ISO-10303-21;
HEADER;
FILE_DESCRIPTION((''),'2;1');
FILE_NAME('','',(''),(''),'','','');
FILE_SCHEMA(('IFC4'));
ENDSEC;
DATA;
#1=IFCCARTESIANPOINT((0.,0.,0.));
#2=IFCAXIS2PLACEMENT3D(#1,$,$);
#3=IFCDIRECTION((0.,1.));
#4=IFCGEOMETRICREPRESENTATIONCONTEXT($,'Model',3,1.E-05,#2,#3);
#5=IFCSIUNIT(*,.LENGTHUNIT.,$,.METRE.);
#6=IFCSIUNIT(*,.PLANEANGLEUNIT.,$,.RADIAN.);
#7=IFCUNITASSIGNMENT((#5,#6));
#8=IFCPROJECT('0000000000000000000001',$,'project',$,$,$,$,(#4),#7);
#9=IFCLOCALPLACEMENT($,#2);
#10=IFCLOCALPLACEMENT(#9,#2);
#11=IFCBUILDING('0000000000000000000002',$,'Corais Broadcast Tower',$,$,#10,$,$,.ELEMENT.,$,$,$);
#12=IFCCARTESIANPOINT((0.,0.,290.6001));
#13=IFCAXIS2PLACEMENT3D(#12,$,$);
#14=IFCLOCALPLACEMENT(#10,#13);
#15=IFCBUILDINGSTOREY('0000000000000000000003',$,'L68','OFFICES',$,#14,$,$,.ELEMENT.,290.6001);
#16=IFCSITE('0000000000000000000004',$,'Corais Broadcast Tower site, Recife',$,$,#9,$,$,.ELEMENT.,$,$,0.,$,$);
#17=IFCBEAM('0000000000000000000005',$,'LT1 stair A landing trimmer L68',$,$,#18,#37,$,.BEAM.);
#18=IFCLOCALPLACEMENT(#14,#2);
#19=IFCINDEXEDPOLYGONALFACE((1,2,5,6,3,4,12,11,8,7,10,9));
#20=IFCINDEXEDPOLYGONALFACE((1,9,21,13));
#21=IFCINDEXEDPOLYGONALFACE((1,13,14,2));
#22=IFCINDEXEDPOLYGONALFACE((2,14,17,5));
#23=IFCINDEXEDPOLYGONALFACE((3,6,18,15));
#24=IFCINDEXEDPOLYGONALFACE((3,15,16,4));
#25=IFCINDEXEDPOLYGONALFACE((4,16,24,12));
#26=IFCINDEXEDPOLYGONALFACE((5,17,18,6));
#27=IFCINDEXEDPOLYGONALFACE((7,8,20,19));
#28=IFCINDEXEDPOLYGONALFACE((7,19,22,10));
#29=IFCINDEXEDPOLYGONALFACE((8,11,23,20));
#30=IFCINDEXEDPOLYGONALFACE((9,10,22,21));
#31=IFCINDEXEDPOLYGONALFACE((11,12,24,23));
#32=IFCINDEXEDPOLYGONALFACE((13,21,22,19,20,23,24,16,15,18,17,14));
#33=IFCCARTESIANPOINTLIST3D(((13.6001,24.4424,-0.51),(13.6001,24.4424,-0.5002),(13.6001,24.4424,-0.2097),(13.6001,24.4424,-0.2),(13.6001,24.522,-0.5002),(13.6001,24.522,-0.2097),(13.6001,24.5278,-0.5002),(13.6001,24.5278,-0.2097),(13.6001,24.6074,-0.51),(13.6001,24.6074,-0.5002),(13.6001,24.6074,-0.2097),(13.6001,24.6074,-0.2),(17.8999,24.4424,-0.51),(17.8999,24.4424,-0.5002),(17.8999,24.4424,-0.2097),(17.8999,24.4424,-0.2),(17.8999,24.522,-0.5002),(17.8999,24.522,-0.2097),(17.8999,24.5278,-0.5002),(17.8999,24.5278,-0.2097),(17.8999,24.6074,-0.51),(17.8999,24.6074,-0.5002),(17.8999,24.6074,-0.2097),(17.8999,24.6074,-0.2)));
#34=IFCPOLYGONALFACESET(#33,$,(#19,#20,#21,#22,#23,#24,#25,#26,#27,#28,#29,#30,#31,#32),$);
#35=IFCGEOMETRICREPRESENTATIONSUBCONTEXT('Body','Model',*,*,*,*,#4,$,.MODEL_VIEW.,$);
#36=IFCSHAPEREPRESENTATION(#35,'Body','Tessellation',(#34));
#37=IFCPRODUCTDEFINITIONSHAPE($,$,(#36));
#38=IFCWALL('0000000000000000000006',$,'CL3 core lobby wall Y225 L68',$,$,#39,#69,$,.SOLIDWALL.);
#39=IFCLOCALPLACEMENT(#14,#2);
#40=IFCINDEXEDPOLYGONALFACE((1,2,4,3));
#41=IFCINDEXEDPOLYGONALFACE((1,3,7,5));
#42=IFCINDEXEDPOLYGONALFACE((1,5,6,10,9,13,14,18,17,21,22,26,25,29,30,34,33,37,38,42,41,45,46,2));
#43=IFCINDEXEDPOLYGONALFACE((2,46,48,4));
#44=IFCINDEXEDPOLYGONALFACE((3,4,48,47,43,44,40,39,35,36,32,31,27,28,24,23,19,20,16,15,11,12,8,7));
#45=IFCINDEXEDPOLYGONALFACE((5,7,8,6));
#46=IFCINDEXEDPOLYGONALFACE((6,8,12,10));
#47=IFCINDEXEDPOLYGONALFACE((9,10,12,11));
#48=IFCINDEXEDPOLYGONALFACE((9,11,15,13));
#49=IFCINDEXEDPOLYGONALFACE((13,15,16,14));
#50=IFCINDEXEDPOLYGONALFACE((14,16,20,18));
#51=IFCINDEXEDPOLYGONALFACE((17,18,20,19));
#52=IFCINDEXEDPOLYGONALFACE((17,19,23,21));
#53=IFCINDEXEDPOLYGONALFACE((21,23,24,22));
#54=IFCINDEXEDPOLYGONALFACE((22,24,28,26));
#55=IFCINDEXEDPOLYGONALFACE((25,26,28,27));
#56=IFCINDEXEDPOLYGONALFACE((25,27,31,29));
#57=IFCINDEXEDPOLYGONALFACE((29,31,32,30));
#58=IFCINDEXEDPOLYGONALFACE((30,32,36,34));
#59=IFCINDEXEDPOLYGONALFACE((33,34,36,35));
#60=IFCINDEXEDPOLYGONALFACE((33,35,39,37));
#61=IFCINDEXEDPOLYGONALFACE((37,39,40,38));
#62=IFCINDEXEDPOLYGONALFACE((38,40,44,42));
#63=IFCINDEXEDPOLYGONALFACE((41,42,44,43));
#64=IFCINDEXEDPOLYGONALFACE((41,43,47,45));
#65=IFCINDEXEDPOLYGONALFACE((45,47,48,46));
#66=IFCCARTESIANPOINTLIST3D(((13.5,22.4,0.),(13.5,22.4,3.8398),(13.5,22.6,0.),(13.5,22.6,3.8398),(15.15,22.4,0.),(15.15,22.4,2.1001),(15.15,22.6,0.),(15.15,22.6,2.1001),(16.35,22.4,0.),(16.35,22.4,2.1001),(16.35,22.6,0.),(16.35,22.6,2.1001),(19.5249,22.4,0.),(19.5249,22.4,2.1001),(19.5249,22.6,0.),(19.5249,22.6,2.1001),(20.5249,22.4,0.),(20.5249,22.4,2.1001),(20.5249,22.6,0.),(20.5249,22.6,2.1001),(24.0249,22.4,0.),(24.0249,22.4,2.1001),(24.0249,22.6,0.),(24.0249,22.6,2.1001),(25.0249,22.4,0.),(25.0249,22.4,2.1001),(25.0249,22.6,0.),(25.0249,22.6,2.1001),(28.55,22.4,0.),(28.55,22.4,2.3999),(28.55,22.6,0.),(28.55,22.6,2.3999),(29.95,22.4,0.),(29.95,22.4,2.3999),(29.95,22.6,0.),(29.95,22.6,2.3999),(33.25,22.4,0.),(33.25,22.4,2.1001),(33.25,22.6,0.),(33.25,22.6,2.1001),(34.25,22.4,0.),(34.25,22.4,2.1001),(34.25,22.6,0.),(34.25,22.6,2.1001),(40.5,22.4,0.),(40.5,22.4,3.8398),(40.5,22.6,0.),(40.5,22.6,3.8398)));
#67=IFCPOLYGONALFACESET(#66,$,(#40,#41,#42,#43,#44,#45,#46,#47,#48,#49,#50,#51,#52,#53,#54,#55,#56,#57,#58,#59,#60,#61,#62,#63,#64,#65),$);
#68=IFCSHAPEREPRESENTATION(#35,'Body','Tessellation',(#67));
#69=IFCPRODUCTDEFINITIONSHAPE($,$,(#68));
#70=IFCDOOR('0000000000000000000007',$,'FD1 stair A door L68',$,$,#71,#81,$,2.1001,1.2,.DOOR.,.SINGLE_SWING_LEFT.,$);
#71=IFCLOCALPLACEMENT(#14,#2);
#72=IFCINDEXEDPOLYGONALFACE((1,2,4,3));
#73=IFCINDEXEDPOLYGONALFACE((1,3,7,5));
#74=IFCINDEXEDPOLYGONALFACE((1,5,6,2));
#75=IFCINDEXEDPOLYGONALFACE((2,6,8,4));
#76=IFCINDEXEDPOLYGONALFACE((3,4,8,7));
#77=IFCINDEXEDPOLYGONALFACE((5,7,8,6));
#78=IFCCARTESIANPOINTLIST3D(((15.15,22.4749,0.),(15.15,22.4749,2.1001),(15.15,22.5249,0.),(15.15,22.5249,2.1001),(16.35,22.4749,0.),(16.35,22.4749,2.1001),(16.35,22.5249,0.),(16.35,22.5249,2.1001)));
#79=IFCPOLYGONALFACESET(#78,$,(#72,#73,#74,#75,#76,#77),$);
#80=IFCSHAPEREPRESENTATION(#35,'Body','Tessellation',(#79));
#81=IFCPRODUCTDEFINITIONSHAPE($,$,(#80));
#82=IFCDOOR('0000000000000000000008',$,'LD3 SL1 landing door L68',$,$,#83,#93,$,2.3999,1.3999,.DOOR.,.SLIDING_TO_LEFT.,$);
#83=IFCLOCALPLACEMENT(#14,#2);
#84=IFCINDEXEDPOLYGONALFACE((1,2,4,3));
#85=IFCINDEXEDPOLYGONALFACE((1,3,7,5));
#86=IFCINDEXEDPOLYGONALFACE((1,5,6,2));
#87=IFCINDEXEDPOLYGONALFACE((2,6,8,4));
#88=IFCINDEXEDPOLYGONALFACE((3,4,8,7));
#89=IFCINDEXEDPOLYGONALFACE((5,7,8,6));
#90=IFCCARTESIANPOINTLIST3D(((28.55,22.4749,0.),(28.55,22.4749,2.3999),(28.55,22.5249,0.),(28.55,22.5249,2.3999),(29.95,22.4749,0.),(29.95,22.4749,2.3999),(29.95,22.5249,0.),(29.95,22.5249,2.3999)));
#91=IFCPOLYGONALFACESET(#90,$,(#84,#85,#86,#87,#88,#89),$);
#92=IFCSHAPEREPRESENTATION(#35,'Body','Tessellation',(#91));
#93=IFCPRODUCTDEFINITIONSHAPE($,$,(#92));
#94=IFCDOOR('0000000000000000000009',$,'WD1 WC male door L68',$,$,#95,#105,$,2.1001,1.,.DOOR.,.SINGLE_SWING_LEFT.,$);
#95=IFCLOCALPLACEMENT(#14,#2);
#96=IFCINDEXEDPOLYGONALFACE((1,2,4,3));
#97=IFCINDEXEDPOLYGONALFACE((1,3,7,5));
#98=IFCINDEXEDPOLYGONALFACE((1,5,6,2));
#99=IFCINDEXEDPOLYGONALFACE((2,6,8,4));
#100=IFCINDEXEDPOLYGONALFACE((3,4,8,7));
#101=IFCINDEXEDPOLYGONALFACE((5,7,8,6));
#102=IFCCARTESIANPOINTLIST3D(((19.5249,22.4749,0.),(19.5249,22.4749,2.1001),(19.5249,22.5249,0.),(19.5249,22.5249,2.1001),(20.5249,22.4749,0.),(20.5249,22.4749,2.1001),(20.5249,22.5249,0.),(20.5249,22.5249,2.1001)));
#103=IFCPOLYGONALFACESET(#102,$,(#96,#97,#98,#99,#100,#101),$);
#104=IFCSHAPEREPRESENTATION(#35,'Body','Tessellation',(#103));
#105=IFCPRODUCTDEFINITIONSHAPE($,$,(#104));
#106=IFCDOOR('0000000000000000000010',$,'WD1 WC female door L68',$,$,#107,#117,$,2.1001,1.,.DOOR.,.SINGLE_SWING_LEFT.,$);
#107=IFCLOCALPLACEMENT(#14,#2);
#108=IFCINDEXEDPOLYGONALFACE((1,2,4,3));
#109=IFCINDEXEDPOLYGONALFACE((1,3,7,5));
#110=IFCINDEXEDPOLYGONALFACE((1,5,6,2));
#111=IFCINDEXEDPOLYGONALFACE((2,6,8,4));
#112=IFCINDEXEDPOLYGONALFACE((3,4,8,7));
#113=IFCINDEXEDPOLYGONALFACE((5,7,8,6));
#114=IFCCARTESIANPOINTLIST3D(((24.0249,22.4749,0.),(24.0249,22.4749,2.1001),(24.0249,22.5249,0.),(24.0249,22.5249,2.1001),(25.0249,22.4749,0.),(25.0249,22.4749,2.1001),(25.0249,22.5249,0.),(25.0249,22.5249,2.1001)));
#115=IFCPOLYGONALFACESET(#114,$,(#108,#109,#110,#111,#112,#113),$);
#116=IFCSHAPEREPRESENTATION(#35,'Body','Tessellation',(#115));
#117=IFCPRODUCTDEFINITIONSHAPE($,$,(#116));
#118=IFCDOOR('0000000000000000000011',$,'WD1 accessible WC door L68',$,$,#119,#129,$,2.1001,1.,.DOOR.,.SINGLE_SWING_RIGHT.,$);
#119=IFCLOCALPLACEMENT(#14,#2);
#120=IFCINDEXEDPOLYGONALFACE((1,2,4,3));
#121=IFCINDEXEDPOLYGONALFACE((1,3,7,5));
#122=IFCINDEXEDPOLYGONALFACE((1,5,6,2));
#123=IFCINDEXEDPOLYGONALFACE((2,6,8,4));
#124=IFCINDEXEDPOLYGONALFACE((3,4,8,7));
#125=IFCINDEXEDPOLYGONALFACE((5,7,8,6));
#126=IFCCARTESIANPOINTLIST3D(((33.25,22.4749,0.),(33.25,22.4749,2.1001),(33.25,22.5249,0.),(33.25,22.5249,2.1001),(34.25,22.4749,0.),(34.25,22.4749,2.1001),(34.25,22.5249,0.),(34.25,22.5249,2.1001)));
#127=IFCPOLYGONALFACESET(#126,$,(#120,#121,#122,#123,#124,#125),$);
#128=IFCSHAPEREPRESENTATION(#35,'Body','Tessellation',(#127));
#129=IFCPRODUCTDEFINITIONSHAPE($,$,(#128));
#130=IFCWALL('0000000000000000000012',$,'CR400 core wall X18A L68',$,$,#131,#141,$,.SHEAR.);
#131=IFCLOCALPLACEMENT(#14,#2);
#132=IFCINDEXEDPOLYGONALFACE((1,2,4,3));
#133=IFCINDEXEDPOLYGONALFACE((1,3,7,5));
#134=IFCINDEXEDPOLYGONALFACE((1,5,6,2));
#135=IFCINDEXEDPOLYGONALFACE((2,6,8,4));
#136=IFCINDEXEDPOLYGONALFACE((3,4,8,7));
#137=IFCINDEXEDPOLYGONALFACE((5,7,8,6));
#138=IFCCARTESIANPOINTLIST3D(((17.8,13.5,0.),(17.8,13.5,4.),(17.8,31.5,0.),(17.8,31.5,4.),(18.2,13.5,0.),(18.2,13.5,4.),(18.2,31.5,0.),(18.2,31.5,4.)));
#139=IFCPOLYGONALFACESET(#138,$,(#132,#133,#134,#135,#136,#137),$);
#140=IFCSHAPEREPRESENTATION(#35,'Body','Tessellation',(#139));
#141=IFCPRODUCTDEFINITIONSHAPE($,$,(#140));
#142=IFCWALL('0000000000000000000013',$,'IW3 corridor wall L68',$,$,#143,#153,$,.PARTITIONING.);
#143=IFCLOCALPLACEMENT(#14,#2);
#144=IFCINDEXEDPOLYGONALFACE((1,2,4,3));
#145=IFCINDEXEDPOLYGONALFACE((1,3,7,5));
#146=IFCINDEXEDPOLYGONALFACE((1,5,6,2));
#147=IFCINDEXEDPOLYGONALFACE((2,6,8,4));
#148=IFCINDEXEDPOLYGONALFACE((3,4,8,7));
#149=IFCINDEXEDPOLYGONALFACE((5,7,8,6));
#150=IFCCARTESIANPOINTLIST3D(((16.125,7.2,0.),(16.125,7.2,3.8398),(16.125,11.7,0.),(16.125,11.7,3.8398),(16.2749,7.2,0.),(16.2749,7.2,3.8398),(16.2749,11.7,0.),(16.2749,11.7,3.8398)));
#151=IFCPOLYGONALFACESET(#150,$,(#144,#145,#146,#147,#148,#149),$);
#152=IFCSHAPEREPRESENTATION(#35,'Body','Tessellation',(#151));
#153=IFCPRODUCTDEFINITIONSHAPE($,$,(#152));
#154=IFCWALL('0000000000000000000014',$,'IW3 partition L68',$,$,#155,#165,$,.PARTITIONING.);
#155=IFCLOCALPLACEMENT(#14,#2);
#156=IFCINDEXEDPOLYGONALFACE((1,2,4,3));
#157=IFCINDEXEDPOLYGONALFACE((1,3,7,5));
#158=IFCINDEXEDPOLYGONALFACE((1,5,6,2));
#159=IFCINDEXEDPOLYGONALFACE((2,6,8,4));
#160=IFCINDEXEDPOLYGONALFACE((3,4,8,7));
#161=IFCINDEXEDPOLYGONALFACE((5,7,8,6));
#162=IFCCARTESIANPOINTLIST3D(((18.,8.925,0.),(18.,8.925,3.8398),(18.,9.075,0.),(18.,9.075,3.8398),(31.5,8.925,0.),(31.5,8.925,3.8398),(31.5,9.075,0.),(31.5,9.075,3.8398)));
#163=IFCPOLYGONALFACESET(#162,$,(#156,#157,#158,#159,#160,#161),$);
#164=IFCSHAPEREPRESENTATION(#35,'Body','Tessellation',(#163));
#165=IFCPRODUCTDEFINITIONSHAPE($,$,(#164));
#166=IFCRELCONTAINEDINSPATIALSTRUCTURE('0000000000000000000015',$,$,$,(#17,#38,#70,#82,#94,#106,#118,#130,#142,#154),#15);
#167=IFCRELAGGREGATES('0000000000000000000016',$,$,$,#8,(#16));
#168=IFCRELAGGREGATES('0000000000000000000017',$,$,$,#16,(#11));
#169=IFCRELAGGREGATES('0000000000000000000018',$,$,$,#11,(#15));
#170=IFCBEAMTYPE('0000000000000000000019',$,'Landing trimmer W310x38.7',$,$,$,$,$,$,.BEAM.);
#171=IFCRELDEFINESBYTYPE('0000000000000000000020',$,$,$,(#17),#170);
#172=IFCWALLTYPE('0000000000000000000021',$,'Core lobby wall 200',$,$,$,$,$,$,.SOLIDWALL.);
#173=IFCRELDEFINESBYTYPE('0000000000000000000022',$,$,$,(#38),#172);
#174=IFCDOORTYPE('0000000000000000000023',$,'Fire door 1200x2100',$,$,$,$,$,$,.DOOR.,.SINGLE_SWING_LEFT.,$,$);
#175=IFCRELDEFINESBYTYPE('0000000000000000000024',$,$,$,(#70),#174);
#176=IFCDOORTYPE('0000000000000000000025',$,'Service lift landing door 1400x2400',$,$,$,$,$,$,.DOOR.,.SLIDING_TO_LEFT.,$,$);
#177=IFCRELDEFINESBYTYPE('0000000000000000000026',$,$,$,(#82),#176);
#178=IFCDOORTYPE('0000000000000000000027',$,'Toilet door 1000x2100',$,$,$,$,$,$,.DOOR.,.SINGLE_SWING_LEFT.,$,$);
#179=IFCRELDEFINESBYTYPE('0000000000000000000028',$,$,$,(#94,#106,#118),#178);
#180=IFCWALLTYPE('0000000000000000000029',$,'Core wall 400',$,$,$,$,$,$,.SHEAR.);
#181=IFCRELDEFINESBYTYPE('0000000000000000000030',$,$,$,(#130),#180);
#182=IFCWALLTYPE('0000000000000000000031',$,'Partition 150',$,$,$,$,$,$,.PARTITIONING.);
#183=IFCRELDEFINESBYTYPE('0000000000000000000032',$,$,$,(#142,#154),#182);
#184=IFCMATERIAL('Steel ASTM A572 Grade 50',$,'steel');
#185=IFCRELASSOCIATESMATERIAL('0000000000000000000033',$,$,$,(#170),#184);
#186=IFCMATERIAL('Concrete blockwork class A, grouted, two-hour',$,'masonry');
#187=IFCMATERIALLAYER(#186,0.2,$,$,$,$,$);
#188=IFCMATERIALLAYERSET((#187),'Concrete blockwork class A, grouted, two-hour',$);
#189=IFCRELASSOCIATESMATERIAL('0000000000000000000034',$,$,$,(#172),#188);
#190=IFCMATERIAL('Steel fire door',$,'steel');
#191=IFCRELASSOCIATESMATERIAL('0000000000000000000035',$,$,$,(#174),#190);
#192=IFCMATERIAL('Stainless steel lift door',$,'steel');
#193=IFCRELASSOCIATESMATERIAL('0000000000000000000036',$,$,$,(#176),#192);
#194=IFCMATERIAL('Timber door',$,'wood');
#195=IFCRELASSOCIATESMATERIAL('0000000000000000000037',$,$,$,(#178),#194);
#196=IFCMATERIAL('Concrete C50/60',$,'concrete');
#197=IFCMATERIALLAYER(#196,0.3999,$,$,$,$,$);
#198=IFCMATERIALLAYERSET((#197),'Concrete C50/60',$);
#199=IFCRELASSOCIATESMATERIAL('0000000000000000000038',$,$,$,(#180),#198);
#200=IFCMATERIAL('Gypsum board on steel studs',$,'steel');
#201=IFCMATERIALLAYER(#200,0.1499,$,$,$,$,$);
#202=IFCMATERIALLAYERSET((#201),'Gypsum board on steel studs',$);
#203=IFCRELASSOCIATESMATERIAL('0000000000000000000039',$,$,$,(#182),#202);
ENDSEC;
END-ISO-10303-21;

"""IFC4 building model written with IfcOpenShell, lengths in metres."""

from ifc_helpers import new_model, si_unit, direction, frame, frame_2d, origin, origin_2d, place, context, subcontext, project, spatial, rectangle, i_section, extrude, material, layer, layer_set, material_profile, profile_set, type_object, element, fill, save


model = new_model("IFC4")

# Units and contexts
model_context = context("Model", 3, precision=1e-05, world=origin(), true_north=direction((0.0, 1.0)))
body_context = subcontext(model_context, "Body", "Model", "MODEL_VIEW")
ifc_project = project(units=[si_unit("LENGTHUNIT", "METRE"), si_unit("PLANEANGLEUNIT", "RADIAN")], contexts=[model_context])

# Site, building, storey
site_placement = place(None, origin())
site = spatial("IfcSite", under=ifc_project, at=site_placement, Name="Corais Broadcast Tower site, Recife", CompositionType="ELEMENT", RefElevation=0.0)
building_placement = place(site_placement, origin())
building = spatial("IfcBuilding", under=site, at=building_placement, Name="Corais Broadcast Tower", CompositionType="ELEMENT")
storey_placement = place(building_placement, frame((0.0, 0.0, 290.6001)))
storey = spatial("IfcBuildingStorey", under=building, at=storey_placement, Name="L68", Description="OFFICES", CompositionType="ELEMENT", Elevation=290.6001)

# Beam
ifc_material_1 = material(Name="Steel ASTM A572 Grade 50", Category="steel")
ifc_material_profile = material_profile(ifc_material_1, i_section(OverallWidth=0.165, OverallDepth=0.3101, WebThickness=0.0059, FlangeThickness=0.0098, at=origin_2d()), Name="W310x38.7")
ifc_profile_set = profile_set([ifc_material_profile], Name="Steel ASTM A572 Grade 50")
beam_type = type_object("IfcBeamType", Name="Landing trimmer W310x38.7", PredefinedType="BEAM", material=ifc_profile_set)
beam_placement = place(storey_placement, frame((13.6001, 24.5249, -0.355), z_axis=(1.0, 0.0, 0.0), x_axis=(0.0, 1.0, 0.0)))
element("IfcBeam", 1, at=beam_placement, inside=storey, type_object=beam_type, Name="LT1 stair A landing trimmer L68", PredefinedType="BEAM", context=body_context, shape_type="SweptSolid", body=[
    extrude(i_section(OverallWidth=0.165, OverallDepth=0.3101, WebThickness=0.0059, FlangeThickness=0.0098, at=origin_2d()), origin(), (0.0, 0.0, 1.0), 4.2998),
])

# Wall, openings, doors
ifc_material_2 = material(Name="Concrete blockwork class A, grouted, two-hour", Category="masonry")
ifc_layer_1 = layer(ifc_material_2, 0.2)
ifc_layer_set_1 = layer_set([ifc_layer_1], Name="Concrete blockwork class A, grouted, two-hour")
wall_type_1 = type_object("IfcWallType", Name="Core lobby wall 200", PredefinedType="SOLIDWALL", material=ifc_layer_set_1)
wall_1_placement = place(storey_placement, frame((13.5, 22.5, 0.0), z_axis=(0.0, 0.0, 1.0), x_axis=(1.0, 0.0, 0.0)))
wall_1 = element("IfcWall", 2, at=wall_1_placement, inside=storey, type_object=wall_type_1, Name="CL3 core lobby wall Y225 L68", PredefinedType="SOLIDWALL", context=body_context, shape_type="SweptSolid", body=[
    extrude(rectangle(XDim=27.0, YDim=0.2, at=frame_2d((13.5, 0.0))), origin(), (0.0, 0.0, 1.0), 3.8398),
])
opening_1_placement = place(wall_1_placement, frame((1.6499, 0.0, 0.0)))
opening_1 = element("IfcOpeningElement", 3, at=opening_1_placement, cuts=wall_1, PredefinedType="OPENING", context=body_context, shape_type="SweptSolid", body=[
    extrude(rectangle(XDim=1.2, YDim=2.1001, at=frame_2d((0.6001, 1.05))), frame((0.0, 0.1099, 0.0), z_axis=(0.0, -1.0, 0.0), x_axis=(1.0, 0.0, 0.0)), (0.0, 0.0, 1.0), 0.22),
])
opening_2_placement = place(wall_1_placement, frame((6.0249, 0.0, 0.0)))
opening_2 = element("IfcOpeningElement", 4, at=opening_2_placement, cuts=wall_1, PredefinedType="OPENING", context=body_context, shape_type="SweptSolid", body=[
    extrude(rectangle(XDim=1.0, YDim=2.1001, at=frame_2d((0.5, 1.05))), frame((0.0, 0.1099, 0.0), z_axis=(0.0, -1.0, 0.0), x_axis=(1.0, 0.0, 0.0)), (0.0, 0.0, 1.0), 0.22),
])
opening_3_placement = place(wall_1_placement, frame((10.5249, 0.0, 0.0)))
opening_3 = element("IfcOpeningElement", 5, at=opening_3_placement, cuts=wall_1, PredefinedType="OPENING", context=body_context, shape_type="SweptSolid", body=[
    extrude(rectangle(XDim=1.0, YDim=2.1001, at=frame_2d((0.5, 1.05))), frame((0.0, 0.1099, 0.0), z_axis=(0.0, -1.0, 0.0), x_axis=(1.0, 0.0, 0.0)), (0.0, 0.0, 1.0), 0.22),
])
opening_4_placement = place(wall_1_placement, frame((19.75, 0.0, 0.0)))
opening_4 = element("IfcOpeningElement", 6, at=opening_4_placement, cuts=wall_1, PredefinedType="OPENING", context=body_context, shape_type="SweptSolid", body=[
    extrude(rectangle(XDim=1.0, YDim=2.1001, at=frame_2d((0.5, 1.05))), frame((0.0, 0.1099, 0.0), z_axis=(0.0, -1.0, 0.0), x_axis=(1.0, 0.0, 0.0)), (0.0, 0.0, 1.0), 0.22),
])
opening_5_placement = place(wall_1_placement, frame((15.05, 0.0, 0.0)))
opening_5 = element("IfcOpeningElement", 7, at=opening_5_placement, cuts=wall_1, PredefinedType="OPENING", context=body_context, shape_type="SweptSolid", body=[
    extrude(rectangle(XDim=1.3999, YDim=2.3999, at=frame_2d((0.7, 1.2))), frame((0.0, 0.1099, 0.0), z_axis=(0.0, -1.0, 0.0), x_axis=(1.0, 0.0, 0.0)), (0.0, 0.0, 1.0), 0.22),
])
ifc_material_3 = material(Name="Steel fire door", Category="steel")
door_type_1 = type_object("IfcDoorType", Name="Fire door 1200x2100", OperationType="SINGLE_SWING_LEFT", PredefinedType="DOOR", material=ifc_material_3)
door_1_placement = place(opening_1_placement, origin())
door_1 = element("IfcDoor", 8, at=door_1_placement, inside=storey, type_object=door_type_1, Name="FD1 stair A door L68", OperationType="SINGLE_SWING_LEFT", OverallHeight=2.1001, OverallWidth=1.2, PredefinedType="DOOR", context=body_context, shape_type="SweptSolid", body=[
    extrude(rectangle(XDim=1.2, YDim=2.1001, at=frame_2d((0.6001, 1.05))), frame((0.0, 0.0249, 0.0), z_axis=(0.0, -1.0, 0.0), x_axis=(1.0, 0.0, 0.0)), (0.0, 0.0, 1.0), 0.05),
])
fill(opening_1, door_1)
ifc_material_4 = material(Name="Stainless steel lift door", Category="steel")
door_type_2 = type_object("IfcDoorType", Name="Service lift landing door 1400x2400", OperationType="SLIDING_TO_LEFT", PredefinedType="DOOR", material=ifc_material_4)
door_2_placement = place(opening_5_placement, origin())
door_2 = element("IfcDoor", 9, at=door_2_placement, inside=storey, type_object=door_type_2, Name="LD3 SL1 landing door L68", OperationType="SLIDING_TO_LEFT", OverallHeight=2.3999, OverallWidth=1.3999, PredefinedType="DOOR", context=body_context, shape_type="SweptSolid", body=[
    extrude(rectangle(XDim=1.3999, YDim=2.3999, at=frame_2d((0.7, 1.2))), frame((0.0, 0.0249, 0.0), z_axis=(0.0, -1.0, 0.0), x_axis=(1.0, 0.0, 0.0)), (0.0, 0.0, 1.0), 0.05),
])
fill(opening_5, door_2)
ifc_material_5 = material(Name="Timber door", Category="wood")
door_type_3 = type_object("IfcDoorType", Name="Toilet door 1000x2100", OperationType="SINGLE_SWING_LEFT", PredefinedType="DOOR", material=ifc_material_5)
door_3_placement = place(opening_2_placement, origin())
door_3 = element("IfcDoor", 10, at=door_3_placement, inside=storey, type_object=door_type_3, Name="WD1 WC male door L68", OperationType="SINGLE_SWING_LEFT", OverallHeight=2.1001, OverallWidth=1.0, PredefinedType="DOOR", context=body_context, shape_type="SweptSolid", body=[
    extrude(rectangle(XDim=1.0, YDim=2.1001, at=frame_2d((0.5, 1.05))), frame((0.0, 0.0249, 0.0), z_axis=(0.0, -1.0, 0.0), x_axis=(1.0, 0.0, 0.0)), (0.0, 0.0, 1.0), 0.05),
])
fill(opening_2, door_3)
door_4_placement = place(opening_3_placement, origin())
door_4 = element("IfcDoor", 11, at=door_4_placement, inside=storey, type_object=door_type_3, Name="WD1 WC female door L68", OperationType="SINGLE_SWING_LEFT", OverallHeight=2.1001, OverallWidth=1.0, PredefinedType="DOOR", context=body_context, shape_type="SweptSolid", body=[
    extrude(rectangle(XDim=1.0, YDim=2.1001, at=frame_2d((0.5, 1.05))), frame((0.0, 0.0249, 0.0), z_axis=(0.0, -1.0, 0.0), x_axis=(1.0, 0.0, 0.0)), (0.0, 0.0, 1.0), 0.05),
])
fill(opening_3, door_4)
door_5_placement = place(opening_4_placement, origin())
door_5 = element("IfcDoor", 12, at=door_5_placement, inside=storey, type_object=door_type_3, Name="WD1 accessible WC door L68", OperationType="SINGLE_SWING_RIGHT", OverallHeight=2.1001, OverallWidth=1.0, PredefinedType="DOOR", context=body_context, shape_type="SweptSolid", body=[
    extrude(rectangle(XDim=1.0, YDim=2.1001, at=frame_2d((0.5, 1.05))), frame((0.0, 0.0249, 0.0), z_axis=(0.0, -1.0, 0.0), x_axis=(1.0, 0.0, 0.0)), (0.0, 0.0, 1.0), 0.05),
])
fill(opening_4, door_5)

# Walls
ifc_material_6 = material(Name="Concrete C50/60", Category="concrete")
ifc_layer_2 = layer(ifc_material_6, 0.3999)
ifc_layer_set_2 = layer_set([ifc_layer_2], Name="Concrete C50/60")
wall_type_2 = type_object("IfcWallType", Name="Core wall 400", PredefinedType="SHEAR", material=ifc_layer_set_2)
wall_2_placement = place(storey_placement, frame((18.0, 13.5, 0.0), z_axis=(0.0, 0.0, 1.0), x_axis=(0.0, 1.0, 0.0)))
element("IfcWall", 13, at=wall_2_placement, inside=storey, type_object=wall_type_2, Name="CR400 core wall X18A L68", PredefinedType="SHEAR", context=body_context, shape_type="SweptSolid", body=[
    extrude(rectangle(XDim=18.0, YDim=0.3999, at=frame_2d((9.0, 0.0))), origin(), (0.0, 0.0, 1.0), 4.0),
])
ifc_material_7 = material(Name="Gypsum board on steel studs", Category="steel")
ifc_layer_3 = layer(ifc_material_7, 0.1499)
ifc_layer_set_3 = layer_set([ifc_layer_3], Name="Gypsum board on steel studs")
wall_type_3 = type_object("IfcWallType", Name="Partition 150", PredefinedType="PARTITIONING", material=ifc_layer_set_3)
wall_3_placement = place(storey_placement, frame((16.2, 11.7, 0.0), z_axis=(0.0, 0.0, 1.0), x_axis=(0.0, -1.0, 0.0)))
element("IfcWall", 14, at=wall_3_placement, inside=storey, type_object=wall_type_3, Name="IW3 corridor wall L68", PredefinedType="PARTITIONING", context=body_context, shape_type="SweptSolid", body=[
    extrude(rectangle(XDim=4.5, YDim=0.1499, at=frame_2d((2.25, 0.0))), origin(), (0.0, 0.0, 1.0), 3.8398),
])
wall_4_placement = place(storey_placement, frame((18.0, 9.0, 0.0), z_axis=(0.0, 0.0, 1.0), x_axis=(1.0, 0.0, 0.0)))
element("IfcWall", 15, at=wall_4_placement, inside=storey, type_object=wall_type_3, Name="IW3 partition L68", PredefinedType="PARTITIONING", context=body_context, shape_type="SweptSolid", body=[
    extrude(rectangle(XDim=13.5, YDim=0.1499, at=frame_2d((6.75, 0.0))), origin(), (0.0, 0.0, 1.0), 3.8398),
])

save(model, "model.ifc")
